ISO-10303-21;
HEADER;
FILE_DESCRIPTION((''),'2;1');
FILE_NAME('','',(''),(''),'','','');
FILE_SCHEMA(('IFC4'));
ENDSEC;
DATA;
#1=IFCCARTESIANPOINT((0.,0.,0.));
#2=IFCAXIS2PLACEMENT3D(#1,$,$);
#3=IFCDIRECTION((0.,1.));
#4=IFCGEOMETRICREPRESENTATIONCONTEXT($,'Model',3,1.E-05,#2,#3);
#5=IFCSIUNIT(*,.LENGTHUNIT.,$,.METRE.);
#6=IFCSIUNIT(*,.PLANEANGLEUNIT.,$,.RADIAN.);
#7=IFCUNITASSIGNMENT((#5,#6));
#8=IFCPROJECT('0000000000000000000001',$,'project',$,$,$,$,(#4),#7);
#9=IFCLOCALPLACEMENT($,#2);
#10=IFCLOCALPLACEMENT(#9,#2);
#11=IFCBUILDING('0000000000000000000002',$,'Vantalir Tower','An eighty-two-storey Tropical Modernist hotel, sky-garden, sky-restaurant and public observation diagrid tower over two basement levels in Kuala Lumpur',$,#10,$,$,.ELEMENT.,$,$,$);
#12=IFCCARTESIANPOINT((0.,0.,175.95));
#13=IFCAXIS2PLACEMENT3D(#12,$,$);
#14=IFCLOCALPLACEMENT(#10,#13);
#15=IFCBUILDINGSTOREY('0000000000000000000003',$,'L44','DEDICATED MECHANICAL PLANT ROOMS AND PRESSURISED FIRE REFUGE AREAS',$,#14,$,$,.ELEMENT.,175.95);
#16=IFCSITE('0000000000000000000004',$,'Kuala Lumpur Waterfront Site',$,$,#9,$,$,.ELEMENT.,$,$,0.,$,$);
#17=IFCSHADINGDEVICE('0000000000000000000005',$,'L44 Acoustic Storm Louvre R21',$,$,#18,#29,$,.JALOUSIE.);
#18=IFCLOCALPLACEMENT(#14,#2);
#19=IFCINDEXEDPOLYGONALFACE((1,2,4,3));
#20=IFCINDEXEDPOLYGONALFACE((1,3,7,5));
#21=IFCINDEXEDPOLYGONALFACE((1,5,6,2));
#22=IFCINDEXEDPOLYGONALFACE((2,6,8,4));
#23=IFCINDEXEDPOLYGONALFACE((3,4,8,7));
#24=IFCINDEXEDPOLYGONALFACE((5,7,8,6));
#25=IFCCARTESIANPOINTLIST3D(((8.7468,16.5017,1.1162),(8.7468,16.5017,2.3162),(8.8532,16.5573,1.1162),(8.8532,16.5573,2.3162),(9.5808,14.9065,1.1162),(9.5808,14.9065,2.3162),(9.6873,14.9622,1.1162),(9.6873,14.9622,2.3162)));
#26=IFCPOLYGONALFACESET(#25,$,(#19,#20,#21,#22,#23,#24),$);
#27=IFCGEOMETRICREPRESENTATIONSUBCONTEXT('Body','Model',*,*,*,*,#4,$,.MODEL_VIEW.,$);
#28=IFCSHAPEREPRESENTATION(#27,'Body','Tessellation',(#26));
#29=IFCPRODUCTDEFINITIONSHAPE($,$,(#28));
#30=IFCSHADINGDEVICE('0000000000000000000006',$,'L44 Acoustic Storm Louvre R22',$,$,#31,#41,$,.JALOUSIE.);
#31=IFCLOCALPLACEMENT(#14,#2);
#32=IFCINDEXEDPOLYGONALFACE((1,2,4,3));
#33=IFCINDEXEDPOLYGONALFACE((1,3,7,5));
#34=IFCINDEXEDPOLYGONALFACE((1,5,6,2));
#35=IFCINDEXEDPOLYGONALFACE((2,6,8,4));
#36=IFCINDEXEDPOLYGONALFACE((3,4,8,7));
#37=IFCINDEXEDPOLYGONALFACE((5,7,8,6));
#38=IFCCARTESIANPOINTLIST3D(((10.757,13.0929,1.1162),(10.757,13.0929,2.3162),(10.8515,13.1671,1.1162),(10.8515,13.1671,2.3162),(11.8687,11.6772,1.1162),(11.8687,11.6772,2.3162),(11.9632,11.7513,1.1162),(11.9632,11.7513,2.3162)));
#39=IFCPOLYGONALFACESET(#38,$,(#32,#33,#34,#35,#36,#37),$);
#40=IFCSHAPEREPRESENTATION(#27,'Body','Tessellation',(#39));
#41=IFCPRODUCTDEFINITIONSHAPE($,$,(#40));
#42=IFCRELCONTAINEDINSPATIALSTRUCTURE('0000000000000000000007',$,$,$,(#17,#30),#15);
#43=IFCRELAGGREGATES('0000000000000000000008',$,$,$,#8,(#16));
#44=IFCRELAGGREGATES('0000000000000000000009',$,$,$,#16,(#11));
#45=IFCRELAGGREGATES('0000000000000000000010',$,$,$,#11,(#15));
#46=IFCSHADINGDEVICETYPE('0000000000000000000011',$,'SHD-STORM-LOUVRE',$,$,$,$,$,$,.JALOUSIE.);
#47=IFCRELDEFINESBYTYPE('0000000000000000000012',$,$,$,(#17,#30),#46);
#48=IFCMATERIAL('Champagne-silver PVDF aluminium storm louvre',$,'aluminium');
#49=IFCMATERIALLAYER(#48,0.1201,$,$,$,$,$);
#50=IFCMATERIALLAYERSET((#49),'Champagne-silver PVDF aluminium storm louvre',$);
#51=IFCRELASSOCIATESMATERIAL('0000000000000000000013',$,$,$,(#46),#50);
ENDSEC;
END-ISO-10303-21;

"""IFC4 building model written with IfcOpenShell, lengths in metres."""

from ifc_helpers import new_model, si_unit, direction, frame, origin, origin_2d, place, context, subcontext, project, spatial, rectangle, extrude, material, layer, layer_set, type_object, element, save


model = new_model("IFC4")

# Units and contexts
model_context = context("Model", 3, precision=1e-05, world=origin(), true_north=direction((0.0, 1.0)))
body_context = subcontext(model_context, "Body", "Model", "MODEL_VIEW")
ifc_project = project(units=[si_unit("LENGTHUNIT", "METRE"), si_unit("PLANEANGLEUNIT", "RADIAN")], contexts=[model_context])

# Site, building, storey
site_placement = place(None, origin())
site = spatial("IfcSite", under=ifc_project, at=site_placement, Name="Kuala Lumpur Waterfront Site", CompositionType="ELEMENT", RefElevation=0.0)
building_placement = place(site_placement, origin())
building = spatial("IfcBuilding", under=site, at=building_placement, Name="Vantalir Tower", Description="An eighty-two-storey Tropical Modernist hotel, sky-garden, sky-restaurant and public observation diagrid tower over two basement levels in Kuala Lumpur", CompositionType="ELEMENT")
storey_placement = place(building_placement, frame((0.0, 0.0, 175.95)))
storey = spatial("IfcBuildingStorey", under=building, at=storey_placement, Name="L44", Description="DEDICATED MECHANICAL PLANT ROOMS AND PRESSURISED FIRE REFUGE AREAS", CompositionType="ELEMENT", Elevation=175.95)

# Shading devices
ifc_material_1 = material(Name="Champagne-silver PVDF aluminium storm louvre", Category="aluminium")
ifc_layer_1 = layer(ifc_material_1, 0.1201)
ifc_layer_set_1 = layer_set([ifc_layer_1], Name="Champagne-silver PVDF aluminium storm louvre")
shading_device_type = type_object("IfcShadingDeviceType", Name="SHD-STORM-LOUVRE", PredefinedType="JALOUSIE", material=ifc_layer_set_1)
for number, where, z_axis, x_axis, name in (
    (1, (9.217, 15.7319, 1.1162), (0.0, 0.0, 1.0), (0.463342, -0.886179, 0.0), "L44 Acoustic Storm Louvre R21"),
    (2, (11.3601, 12.4221, 1.1162), (0.0, 0.0, 1.0), (0.617585, -0.786504, 0.0), "L44 Acoustic Storm Louvre R22"),
):
    element("IfcShadingDevice", number, at=place(storey_placement, frame(where, z_axis=z_axis, x_axis=x_axis)), inside=storey, type_object=shading_device_type, Name=name, PredefinedType="JALOUSIE", context=body_context, shape_type="SweptSolid", body=[
        extrude(rectangle(XDim=1.8, YDim=0.1201, at=origin_2d()), origin(), (0.0, 0.0, 1.0), 1.2),
    ])

save(model, "model.ifc")
